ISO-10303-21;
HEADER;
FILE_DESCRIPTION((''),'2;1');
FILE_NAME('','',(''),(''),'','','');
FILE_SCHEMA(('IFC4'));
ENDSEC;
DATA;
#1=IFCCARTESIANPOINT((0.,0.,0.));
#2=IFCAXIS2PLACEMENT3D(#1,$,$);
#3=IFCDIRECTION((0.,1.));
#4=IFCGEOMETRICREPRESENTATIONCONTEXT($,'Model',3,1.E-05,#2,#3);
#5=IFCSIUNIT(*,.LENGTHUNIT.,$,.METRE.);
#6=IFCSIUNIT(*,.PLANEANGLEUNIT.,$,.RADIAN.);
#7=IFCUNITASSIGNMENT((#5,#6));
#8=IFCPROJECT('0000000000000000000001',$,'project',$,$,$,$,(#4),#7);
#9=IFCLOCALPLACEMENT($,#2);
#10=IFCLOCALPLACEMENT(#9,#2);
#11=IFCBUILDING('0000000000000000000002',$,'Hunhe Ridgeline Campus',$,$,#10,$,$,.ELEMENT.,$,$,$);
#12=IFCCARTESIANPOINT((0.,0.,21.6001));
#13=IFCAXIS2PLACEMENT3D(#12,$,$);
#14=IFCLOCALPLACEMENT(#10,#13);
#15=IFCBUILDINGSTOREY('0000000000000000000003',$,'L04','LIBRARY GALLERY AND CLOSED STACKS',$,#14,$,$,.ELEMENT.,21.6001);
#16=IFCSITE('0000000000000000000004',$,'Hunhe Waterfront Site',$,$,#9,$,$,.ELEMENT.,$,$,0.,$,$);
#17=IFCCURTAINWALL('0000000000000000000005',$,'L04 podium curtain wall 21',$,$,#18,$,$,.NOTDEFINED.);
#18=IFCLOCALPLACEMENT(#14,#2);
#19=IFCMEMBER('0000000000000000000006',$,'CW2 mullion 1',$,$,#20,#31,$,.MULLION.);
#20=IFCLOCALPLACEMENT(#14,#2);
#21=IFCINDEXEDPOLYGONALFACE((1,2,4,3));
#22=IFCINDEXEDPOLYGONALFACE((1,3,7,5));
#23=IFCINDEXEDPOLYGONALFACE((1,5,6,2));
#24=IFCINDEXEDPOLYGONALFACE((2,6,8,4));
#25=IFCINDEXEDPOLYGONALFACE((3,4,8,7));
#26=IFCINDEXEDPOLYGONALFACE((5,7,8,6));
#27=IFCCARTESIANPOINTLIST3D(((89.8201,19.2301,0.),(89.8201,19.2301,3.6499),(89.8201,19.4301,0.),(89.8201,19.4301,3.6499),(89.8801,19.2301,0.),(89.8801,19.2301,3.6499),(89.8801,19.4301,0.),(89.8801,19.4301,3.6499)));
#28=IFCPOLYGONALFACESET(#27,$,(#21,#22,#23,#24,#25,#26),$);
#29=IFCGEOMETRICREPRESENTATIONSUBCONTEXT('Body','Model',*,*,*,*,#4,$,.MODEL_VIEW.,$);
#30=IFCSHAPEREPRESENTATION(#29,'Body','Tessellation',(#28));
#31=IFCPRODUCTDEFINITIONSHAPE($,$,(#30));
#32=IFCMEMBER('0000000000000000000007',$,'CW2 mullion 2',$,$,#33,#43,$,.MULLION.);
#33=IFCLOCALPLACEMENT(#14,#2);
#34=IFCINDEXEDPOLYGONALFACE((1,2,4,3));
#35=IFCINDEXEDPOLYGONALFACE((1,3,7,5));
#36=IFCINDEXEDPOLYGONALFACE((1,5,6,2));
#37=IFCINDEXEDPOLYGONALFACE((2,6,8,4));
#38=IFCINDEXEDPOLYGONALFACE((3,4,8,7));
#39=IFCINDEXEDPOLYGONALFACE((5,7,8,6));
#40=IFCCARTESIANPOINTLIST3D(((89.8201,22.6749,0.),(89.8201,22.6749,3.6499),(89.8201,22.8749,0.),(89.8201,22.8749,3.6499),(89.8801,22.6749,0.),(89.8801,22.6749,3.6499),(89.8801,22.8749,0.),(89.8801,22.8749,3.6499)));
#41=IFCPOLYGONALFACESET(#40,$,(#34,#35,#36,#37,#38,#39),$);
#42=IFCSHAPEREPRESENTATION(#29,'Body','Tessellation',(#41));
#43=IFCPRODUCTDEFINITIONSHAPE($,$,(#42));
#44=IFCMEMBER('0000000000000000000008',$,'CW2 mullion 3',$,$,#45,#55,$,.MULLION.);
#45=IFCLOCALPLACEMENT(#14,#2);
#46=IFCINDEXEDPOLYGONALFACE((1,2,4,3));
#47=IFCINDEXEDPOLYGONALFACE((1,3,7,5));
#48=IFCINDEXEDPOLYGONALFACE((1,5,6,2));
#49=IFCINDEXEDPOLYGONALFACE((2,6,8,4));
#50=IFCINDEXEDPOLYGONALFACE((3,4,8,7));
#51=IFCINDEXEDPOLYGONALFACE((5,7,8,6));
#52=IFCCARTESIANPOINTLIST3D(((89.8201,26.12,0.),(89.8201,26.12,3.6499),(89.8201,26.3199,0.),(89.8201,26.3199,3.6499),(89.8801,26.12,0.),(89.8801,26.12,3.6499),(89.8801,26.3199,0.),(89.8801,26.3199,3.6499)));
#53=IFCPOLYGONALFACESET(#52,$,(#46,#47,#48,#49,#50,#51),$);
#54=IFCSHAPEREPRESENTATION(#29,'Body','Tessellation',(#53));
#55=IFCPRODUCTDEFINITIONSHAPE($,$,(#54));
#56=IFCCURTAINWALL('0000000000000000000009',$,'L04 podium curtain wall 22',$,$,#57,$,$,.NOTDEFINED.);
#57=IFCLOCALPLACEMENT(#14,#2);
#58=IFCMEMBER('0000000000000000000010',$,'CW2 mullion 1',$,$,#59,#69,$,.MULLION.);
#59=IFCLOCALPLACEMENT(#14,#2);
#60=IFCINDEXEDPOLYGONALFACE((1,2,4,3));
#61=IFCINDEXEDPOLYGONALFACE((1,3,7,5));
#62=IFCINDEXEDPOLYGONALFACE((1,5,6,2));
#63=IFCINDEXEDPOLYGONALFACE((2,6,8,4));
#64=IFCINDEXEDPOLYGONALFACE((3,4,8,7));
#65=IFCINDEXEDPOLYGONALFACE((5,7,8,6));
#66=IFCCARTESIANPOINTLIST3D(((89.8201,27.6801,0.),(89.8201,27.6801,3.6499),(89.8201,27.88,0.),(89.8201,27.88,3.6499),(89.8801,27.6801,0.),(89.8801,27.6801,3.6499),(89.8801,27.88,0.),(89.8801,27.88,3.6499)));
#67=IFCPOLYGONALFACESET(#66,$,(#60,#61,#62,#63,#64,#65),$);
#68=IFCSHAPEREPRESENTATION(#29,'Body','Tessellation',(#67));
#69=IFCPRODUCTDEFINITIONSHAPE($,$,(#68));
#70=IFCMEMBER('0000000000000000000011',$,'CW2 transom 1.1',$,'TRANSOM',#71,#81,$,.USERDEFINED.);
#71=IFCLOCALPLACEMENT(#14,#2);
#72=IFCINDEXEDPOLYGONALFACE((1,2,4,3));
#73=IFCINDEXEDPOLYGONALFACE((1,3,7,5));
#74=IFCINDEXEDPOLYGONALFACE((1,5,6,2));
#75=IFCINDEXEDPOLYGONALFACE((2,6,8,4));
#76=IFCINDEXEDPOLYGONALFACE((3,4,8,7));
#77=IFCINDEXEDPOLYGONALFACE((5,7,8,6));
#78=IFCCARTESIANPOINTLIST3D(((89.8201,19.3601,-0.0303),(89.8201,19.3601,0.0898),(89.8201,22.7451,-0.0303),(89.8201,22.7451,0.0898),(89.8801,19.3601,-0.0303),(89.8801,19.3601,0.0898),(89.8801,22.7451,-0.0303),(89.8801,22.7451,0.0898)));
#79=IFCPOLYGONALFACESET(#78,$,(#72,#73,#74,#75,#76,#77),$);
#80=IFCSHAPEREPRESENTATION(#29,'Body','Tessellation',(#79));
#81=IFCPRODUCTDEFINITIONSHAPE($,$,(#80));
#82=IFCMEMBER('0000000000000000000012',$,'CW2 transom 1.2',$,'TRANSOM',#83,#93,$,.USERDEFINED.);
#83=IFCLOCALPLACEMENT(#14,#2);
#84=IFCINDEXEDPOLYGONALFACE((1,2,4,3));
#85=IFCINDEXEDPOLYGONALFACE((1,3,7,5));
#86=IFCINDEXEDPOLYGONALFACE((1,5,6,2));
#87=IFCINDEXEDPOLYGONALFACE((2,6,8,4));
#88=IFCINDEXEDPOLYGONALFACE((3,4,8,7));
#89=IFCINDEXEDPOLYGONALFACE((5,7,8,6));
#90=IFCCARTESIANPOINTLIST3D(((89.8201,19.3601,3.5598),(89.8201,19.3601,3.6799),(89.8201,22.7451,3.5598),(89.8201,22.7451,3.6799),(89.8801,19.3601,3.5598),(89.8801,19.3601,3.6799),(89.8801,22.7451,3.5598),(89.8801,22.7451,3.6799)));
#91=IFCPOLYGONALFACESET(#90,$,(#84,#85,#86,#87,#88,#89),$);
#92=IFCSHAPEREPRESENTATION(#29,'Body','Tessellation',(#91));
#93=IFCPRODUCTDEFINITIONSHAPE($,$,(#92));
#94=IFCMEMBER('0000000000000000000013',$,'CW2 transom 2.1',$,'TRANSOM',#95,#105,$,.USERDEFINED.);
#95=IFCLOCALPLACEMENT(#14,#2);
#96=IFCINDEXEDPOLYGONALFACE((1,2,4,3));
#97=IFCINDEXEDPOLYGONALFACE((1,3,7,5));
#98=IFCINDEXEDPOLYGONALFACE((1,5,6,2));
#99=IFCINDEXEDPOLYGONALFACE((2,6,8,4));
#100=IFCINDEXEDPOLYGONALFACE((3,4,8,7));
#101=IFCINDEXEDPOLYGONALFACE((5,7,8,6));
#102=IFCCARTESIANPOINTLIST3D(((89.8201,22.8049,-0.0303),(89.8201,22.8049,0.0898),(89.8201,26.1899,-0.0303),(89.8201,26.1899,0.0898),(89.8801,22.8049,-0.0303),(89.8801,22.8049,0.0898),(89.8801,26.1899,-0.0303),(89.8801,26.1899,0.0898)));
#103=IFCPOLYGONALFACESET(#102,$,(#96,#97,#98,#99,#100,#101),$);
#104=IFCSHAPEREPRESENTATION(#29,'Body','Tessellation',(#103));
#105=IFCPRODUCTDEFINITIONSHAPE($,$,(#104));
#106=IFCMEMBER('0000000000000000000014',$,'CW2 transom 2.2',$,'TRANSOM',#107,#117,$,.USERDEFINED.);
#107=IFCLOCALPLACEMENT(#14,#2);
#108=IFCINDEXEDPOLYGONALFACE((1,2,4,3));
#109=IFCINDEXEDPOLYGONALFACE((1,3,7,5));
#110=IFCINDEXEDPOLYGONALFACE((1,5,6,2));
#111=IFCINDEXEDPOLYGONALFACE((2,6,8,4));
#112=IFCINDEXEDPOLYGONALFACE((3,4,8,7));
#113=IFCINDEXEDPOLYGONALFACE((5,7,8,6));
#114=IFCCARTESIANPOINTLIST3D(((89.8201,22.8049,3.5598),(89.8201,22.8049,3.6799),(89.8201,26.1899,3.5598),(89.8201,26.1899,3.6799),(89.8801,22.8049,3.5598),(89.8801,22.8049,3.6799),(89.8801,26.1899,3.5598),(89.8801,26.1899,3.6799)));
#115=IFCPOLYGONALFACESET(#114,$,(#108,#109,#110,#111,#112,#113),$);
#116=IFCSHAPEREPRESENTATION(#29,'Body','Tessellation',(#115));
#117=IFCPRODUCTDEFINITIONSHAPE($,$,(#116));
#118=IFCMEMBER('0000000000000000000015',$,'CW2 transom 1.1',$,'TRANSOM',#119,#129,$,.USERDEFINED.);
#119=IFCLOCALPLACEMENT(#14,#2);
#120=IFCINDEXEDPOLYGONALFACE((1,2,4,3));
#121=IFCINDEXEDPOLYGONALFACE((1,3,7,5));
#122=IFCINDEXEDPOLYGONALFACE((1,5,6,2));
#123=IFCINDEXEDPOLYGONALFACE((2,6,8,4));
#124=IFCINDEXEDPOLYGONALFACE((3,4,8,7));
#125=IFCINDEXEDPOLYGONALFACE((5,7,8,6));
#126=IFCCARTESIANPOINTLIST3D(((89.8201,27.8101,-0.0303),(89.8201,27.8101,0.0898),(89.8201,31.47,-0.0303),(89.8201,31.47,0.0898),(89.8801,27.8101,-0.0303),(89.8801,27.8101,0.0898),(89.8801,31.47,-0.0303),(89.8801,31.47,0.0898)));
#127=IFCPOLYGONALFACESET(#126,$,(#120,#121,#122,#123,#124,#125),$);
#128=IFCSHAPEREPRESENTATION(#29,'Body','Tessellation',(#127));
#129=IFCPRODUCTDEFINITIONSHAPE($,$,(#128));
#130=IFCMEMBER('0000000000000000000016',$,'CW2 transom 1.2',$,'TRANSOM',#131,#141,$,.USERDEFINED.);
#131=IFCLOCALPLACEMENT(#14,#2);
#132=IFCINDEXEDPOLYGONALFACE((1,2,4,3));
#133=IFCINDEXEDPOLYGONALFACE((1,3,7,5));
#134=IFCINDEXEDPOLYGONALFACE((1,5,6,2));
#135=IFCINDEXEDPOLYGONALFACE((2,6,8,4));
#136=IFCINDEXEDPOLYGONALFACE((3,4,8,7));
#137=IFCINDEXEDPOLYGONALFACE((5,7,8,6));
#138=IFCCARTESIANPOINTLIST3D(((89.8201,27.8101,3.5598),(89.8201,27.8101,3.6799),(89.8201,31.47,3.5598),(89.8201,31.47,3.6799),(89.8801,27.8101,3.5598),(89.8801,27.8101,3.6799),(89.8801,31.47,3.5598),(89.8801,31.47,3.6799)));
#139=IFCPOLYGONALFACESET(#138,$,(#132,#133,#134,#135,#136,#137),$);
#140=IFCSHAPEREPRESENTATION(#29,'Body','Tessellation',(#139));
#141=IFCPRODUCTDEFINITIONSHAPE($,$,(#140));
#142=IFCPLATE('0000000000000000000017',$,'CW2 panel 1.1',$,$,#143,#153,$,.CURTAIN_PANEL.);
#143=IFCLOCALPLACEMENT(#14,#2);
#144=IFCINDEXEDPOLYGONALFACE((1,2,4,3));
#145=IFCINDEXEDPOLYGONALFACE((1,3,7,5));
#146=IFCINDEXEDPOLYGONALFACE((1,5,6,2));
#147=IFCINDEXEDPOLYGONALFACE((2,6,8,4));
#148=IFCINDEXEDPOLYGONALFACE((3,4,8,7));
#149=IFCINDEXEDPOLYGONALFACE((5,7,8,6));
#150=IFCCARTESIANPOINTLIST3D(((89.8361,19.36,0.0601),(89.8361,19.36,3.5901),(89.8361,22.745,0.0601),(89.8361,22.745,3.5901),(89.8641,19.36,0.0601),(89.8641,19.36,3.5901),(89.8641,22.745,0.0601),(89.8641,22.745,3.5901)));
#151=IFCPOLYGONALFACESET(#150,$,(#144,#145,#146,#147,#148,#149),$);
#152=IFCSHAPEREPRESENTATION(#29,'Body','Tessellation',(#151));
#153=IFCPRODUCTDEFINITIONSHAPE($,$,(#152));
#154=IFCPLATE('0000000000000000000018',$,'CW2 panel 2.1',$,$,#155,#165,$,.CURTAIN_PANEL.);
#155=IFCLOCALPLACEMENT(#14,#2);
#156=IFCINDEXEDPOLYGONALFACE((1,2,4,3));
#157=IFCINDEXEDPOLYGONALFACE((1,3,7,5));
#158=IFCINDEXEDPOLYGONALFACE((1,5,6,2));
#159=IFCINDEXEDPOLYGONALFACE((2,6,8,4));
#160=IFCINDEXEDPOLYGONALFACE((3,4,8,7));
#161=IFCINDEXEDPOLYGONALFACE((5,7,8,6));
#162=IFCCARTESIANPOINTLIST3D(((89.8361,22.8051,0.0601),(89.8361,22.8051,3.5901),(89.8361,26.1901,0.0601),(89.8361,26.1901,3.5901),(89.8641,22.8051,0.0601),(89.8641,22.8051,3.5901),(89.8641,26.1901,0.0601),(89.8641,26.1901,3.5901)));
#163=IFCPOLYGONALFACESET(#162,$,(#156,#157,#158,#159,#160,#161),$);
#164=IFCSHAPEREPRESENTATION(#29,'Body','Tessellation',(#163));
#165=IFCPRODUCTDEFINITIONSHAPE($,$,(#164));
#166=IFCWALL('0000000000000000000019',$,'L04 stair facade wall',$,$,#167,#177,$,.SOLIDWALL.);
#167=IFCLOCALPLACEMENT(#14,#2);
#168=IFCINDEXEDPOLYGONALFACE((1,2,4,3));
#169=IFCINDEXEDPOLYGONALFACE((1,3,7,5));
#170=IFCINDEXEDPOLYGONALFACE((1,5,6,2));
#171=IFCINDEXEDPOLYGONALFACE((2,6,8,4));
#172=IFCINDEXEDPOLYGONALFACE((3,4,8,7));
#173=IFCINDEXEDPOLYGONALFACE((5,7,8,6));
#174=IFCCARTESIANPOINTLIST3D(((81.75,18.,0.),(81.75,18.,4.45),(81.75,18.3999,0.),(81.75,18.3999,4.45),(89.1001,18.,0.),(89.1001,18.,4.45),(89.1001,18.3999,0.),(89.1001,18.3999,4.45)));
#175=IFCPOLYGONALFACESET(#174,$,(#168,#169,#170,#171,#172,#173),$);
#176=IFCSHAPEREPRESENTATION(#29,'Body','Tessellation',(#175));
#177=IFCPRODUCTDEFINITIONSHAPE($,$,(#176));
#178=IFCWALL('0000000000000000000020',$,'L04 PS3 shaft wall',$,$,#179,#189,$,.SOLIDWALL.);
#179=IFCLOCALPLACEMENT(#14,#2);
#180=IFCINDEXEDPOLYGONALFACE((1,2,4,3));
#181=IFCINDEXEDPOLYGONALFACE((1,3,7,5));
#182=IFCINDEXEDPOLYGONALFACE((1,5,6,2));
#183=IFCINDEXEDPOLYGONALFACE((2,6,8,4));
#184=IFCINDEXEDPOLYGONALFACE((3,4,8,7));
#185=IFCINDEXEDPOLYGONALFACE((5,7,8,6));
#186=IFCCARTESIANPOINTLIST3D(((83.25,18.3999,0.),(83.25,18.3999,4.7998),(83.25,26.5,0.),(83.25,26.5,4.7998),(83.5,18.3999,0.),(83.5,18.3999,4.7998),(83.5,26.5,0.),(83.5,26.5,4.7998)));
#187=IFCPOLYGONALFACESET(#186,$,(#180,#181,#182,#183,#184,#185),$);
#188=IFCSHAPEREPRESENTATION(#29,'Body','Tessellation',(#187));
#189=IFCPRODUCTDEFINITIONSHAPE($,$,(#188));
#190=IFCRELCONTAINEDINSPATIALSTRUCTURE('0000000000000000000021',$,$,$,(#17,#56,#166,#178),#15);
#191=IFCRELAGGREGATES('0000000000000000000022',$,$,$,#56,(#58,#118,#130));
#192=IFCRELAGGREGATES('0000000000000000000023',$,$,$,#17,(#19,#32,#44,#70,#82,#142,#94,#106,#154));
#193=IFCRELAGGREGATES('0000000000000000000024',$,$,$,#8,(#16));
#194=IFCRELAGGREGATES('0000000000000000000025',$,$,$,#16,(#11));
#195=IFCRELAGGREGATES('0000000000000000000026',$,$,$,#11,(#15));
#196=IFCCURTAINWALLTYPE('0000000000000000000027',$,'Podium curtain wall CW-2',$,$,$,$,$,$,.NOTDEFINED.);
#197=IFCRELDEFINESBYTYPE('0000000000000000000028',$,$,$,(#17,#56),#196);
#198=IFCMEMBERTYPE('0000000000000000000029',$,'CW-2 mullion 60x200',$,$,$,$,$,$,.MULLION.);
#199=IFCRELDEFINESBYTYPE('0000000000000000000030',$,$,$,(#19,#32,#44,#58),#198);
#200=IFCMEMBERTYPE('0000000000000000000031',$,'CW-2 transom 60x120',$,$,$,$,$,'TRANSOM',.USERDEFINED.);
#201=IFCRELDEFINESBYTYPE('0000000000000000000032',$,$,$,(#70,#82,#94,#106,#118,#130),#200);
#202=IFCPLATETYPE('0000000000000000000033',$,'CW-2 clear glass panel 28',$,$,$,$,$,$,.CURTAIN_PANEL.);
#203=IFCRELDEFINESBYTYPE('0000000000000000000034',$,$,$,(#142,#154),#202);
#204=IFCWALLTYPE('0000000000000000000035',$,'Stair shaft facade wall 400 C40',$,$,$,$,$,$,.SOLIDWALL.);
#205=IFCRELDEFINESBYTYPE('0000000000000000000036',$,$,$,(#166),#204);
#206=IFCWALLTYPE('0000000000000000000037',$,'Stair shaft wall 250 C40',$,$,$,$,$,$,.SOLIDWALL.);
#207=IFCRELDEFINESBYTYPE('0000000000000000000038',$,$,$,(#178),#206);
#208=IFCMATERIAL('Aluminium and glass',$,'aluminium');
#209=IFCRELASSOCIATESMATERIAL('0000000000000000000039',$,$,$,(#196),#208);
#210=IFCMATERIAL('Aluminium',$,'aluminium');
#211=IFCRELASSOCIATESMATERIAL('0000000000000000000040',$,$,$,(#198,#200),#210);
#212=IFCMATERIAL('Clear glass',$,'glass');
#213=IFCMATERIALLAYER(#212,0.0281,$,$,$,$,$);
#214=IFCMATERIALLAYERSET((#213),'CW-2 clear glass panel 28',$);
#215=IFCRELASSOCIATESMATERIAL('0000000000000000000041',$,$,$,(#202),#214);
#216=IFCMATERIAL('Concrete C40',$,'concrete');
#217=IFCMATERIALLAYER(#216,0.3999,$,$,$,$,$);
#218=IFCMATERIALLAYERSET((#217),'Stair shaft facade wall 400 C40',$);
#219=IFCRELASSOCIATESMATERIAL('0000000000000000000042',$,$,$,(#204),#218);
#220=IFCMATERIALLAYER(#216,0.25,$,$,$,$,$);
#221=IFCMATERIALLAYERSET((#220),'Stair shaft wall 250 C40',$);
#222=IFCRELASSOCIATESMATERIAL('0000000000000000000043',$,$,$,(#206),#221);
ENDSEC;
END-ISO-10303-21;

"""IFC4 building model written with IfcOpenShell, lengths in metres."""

from ifc_helpers import new_model, si_unit, direction, frame, frame_2d, origin, origin_2d, place, context, subcontext, project, spatial, rectangle, extrude, material, layer, layer_set, material_profile, profile_set, type_object, element, aggregate, save


model = new_model("IFC4")

# Units and contexts
model_context = context("Model", 3, precision=1e-05, world=origin(), true_north=direction((0.0, 1.0)))
body_context = subcontext(model_context, "Body", "Model", "MODEL_VIEW")
ifc_project = project(units=[si_unit("LENGTHUNIT", "METRE"), si_unit("PLANEANGLEUNIT", "RADIAN")], contexts=[model_context])

# Site, building, storey
site_placement = place(None, origin())
site = spatial("IfcSite", under=ifc_project, at=site_placement, Name="Hunhe Waterfront Site", CompositionType="ELEMENT", RefElevation=0.0)
building_placement = place(site_placement, origin())
building = spatial("IfcBuilding", under=site, at=building_placement, Name="Hunhe Ridgeline Campus", CompositionType="ELEMENT")
storey_placement = place(building_placement, frame((0.0, 0.0, 21.6001)))
storey = spatial("IfcBuildingStorey", under=building, at=storey_placement, Name="L04", Description="LIBRARY GALLERY AND CLOSED STACKS", CompositionType="ELEMENT", Elevation=21.6001)

# Curtain wall, members
ifc_material_1 = material(Name="Aluminium and glass", Category="aluminium")
curtain_wall_type = type_object("IfcCurtainWallType", Name="Podium curtain wall CW-2", PredefinedType="NOTDEFINED", material=ifc_material_1)
curtain_wall_1_placement = place(storey_placement, origin())
curtain_wall_1 = element("IfcCurtainWall", 1, at=curtain_wall_1_placement, inside=storey, type_object=curtain_wall_type, Name="L04 podium curtain wall 21", PredefinedType="NOTDEFINED")
ifc_material_2 = material(Name="Aluminium", Category="aluminium")
ifc_material_profile_1 = material_profile(ifc_material_2, rectangle(XDim=0.0601, YDim=0.2, at=origin_2d()))
ifc_profile_set_1 = profile_set([ifc_material_profile_1], Name="Aluminium")
member_type_1 = type_object("IfcMemberType", Name="CW-2 mullion 60x200", PredefinedType="MULLION", material=ifc_profile_set_1)
member_1_placement = place(storey_placement, frame((89.8501, 19.3301, 0.0), z_axis=(0.0, 0.0, 1.0), x_axis=(-1.0, 0.0, 0.0)))
member_1 = element("IfcMember", 2, at=member_1_placement, type_object=member_type_1, Name="CW2 mullion 1", PredefinedType="MULLION", context=body_context, shape_type="SweptSolid", body=[
    extrude(rectangle(XDim=0.0601, YDim=0.2, at=origin_2d()), origin(), (0.0, 0.0, 1.0), 3.6499),
])
member_2_placement = place(storey_placement, frame((89.8501, 22.7749, 0.0), z_axis=(0.0, 0.0, 1.0), x_axis=(-1.0, 0.0, 0.0)))
member_2 = element("IfcMember", 3, at=member_2_placement, type_object=member_type_1, Name="CW2 mullion 2", PredefinedType="MULLION", context=body_context, shape_type="SweptSolid", body=[
    extrude(rectangle(XDim=0.0601, YDim=0.2, at=origin_2d()), origin(), (0.0, 0.0, 1.0), 3.6499),
])
member_3_placement = place(storey_placement, frame((89.8501, 26.22, 0.0), z_axis=(0.0, 0.0, 1.0), x_axis=(-1.0, 0.0, 0.0)))
member_3 = element("IfcMember", 4, at=member_3_placement, type_object=member_type_1, Name="CW2 mullion 3", PredefinedType="MULLION", context=body_context, shape_type="SweptSolid", body=[
    extrude(rectangle(XDim=0.0601, YDim=0.2, at=origin_2d()), origin(), (0.0, 0.0, 1.0), 3.6499),
])

# Curtain wall, member
curtain_wall_2_placement = place(storey_placement, origin())
curtain_wall_2 = element("IfcCurtainWall", 5, at=curtain_wall_2_placement, inside=storey, type_object=curtain_wall_type, Name="L04 podium curtain wall 22", PredefinedType="NOTDEFINED")
member_4_placement = place(storey_placement, frame((89.8501, 27.78, 0.0), z_axis=(0.0, 0.0, 1.0), x_axis=(-1.0, 0.0, 0.0)))
member_4 = element("IfcMember", 6, at=member_4_placement, type_object=member_type_1, Name="CW2 mullion 1", PredefinedType="MULLION", context=body_context, shape_type="SweptSolid", body=[
    extrude(rectangle(XDim=0.0601, YDim=0.2, at=origin_2d()), origin(), (0.0, 0.0, 1.0), 3.6499),
])

# Members
ifc_material_profile_2 = material_profile(ifc_material_2, rectangle(XDim=0.0601, YDim=0.1201, at=origin_2d()))
ifc_profile_set_2 = profile_set([ifc_material_profile_2], Name="Aluminium")
member_type_2 = type_object("IfcMemberType", Name="CW-2 transom 60x120", ElementType="TRANSOM", PredefinedType="USERDEFINED", material=ifc_profile_set_2)
member_5_placement = place(storey_placement, frame((89.8501, 19.3601, 0.0298), z_axis=(0.0, 1.0, 0.0), x_axis=(-1.0, 0.0, 0.0)))
member_5 = element("IfcMember", 7, at=member_5_placement, type_object=member_type_2, Name="CW2 transom 1.1", ObjectType="TRANSOM", PredefinedType="USERDEFINED", context=body_context, shape_type="SweptSolid", body=[
    extrude(rectangle(XDim=0.0601, YDim=0.1201, at=origin_2d()), origin(), (0.0, 0.0, 1.0), 3.385),
])
member_6_placement = place(storey_placement, frame((89.8501, 19.3601, 3.6199), z_axis=(0.0, 1.0, 0.0), x_axis=(-1.0, 0.0, 0.0)))
member_6 = element("IfcMember", 8, at=member_6_placement, type_object=member_type_2, Name="CW2 transom 1.2", ObjectType="TRANSOM", PredefinedType="USERDEFINED", context=body_context, shape_type="SweptSolid", body=[
    extrude(rectangle(XDim=0.0601, YDim=0.1201, at=origin_2d()), origin(), (0.0, 0.0, 1.0), 3.385),
])
member_7_placement = place(storey_placement, frame((89.8501, 22.8049, 0.0298), z_axis=(0.0, 1.0, 0.0), x_axis=(-1.0, 0.0, 0.0)))
member_7 = element("IfcMember", 9, at=member_7_placement, type_object=member_type_2, Name="CW2 transom 2.1", ObjectType="TRANSOM", PredefinedType="USERDEFINED", context=body_context, shape_type="SweptSolid", body=[
    extrude(rectangle(XDim=0.0601, YDim=0.1201, at=origin_2d()), origin(), (0.0, 0.0, 1.0), 3.385),
])
member_8_placement = place(storey_placement, frame((89.8501, 22.8049, 3.6199), z_axis=(0.0, 1.0, 0.0), x_axis=(-1.0, 0.0, 0.0)))
member_8 = element("IfcMember", 10, at=member_8_placement, type_object=member_type_2, Name="CW2 transom 2.2", ObjectType="TRANSOM", PredefinedType="USERDEFINED", context=body_context, shape_type="SweptSolid", body=[
    extrude(rectangle(XDim=0.0601, YDim=0.1201, at=origin_2d()), origin(), (0.0, 0.0, 1.0), 3.385),
])
member_9_placement = place(storey_placement, frame((89.8501, 27.8101, 0.0298), z_axis=(0.0, 1.0, 0.0), x_axis=(-1.0, 0.0, 0.0)))
member_9 = element("IfcMember", 11, at=member_9_placement, type_object=member_type_2, Name="CW2 transom 1.1", ObjectType="TRANSOM", PredefinedType="USERDEFINED", context=body_context, shape_type="SweptSolid", body=[
    extrude(rectangle(XDim=0.0601, YDim=0.1201, at=origin_2d()), origin(), (0.0, 0.0, 1.0), 3.6599),
])
member_10_placement = place(storey_placement, frame((89.8501, 27.8101, 3.6199), z_axis=(0.0, 1.0, 0.0), x_axis=(-1.0, 0.0, 0.0)))
member_10 = element("IfcMember", 12, at=member_10_placement, type_object=member_type_2, Name="CW2 transom 1.2", ObjectType="TRANSOM", PredefinedType="USERDEFINED", context=body_context, shape_type="SweptSolid", body=[
    extrude(rectangle(XDim=0.0601, YDim=0.1201, at=origin_2d()), origin(), (0.0, 0.0, 1.0), 3.6599),
])
aggregate(curtain_wall_2, [member_4, member_9, member_10])

# Plates
ifc_material_3 = material(Name="Clear glass", Category="glass")
ifc_layer_1 = layer(ifc_material_3, 0.0281)
ifc_layer_set_1 = layer_set([ifc_layer_1], Name="CW-2 clear glass panel 28")
plate_type = type_object("IfcPlateType", Name="CW-2 clear glass panel 28", PredefinedType="CURTAIN_PANEL", material=ifc_layer_set_1)
plate_1_placement = place(storey_placement, frame((89.8501, 21.0525, 0.0601), z_axis=(0.0, 0.0, 1.0), x_axis=(0.0, 1.0, 0.0)))
plate_1 = element("IfcPlate", 13, at=plate_1_placement, type_object=plate_type, Name="CW2 panel 1.1", PredefinedType="CURTAIN_PANEL", context=body_context, shape_type="SweptSolid", body=[
    extrude(rectangle(XDim=3.385, YDim=0.0281, at=origin_2d()), origin(), (0.0, 0.0, 1.0), 3.53),
])
plate_2_placement = place(storey_placement, frame((89.8501, 24.4976, 0.0601), z_axis=(0.0, 0.0, 1.0), x_axis=(0.0, 1.0, 0.0)))
plate_2 = element("IfcPlate", 14, at=plate_2_placement, type_object=plate_type, Name="CW2 panel 2.1", PredefinedType="CURTAIN_PANEL", context=body_context, shape_type="SweptSolid", body=[
    extrude(rectangle(XDim=3.385, YDim=0.0281, at=origin_2d()), origin(), (0.0, 0.0, 1.0), 3.53),
])
aggregate(curtain_wall_1, [member_1, member_2, member_3, member_5, member_6, plate_1, member_7, member_8, plate_2])

# Walls
ifc_material_4 = material(Name="Concrete C40", Category="concrete")
ifc_layer_2 = layer(ifc_material_4, 0.3999)
ifc_layer_set_2 = layer_set([ifc_layer_2], Name="Stair shaft facade wall 400 C40")
wall_type_1 = type_object("IfcWallType", Name="Stair shaft facade wall 400 C40", PredefinedType="SOLIDWALL", material=ifc_layer_set_2)
wall_1_placement = place(storey_placement, frame((89.1001, 18.2, 0.0), z_axis=(0.0, 0.0, 1.0), x_axis=(-1.0, 0.0, 0.0)))
element("IfcWall", 15, at=wall_1_placement, inside=storey, type_object=wall_type_1, Name="L04 stair facade wall", PredefinedType="SOLIDWALL", context=body_context, shape_type="SweptSolid", body=[
    extrude(rectangle(XDim=7.3501, YDim=0.3999, at=frame_2d((3.675, 0.0))), origin(), (0.0, 0.0, 1.0), 4.45),
])
ifc_layer_3 = layer(ifc_material_4, 0.25)
ifc_layer_set_3 = layer_set([ifc_layer_3], Name="Stair shaft wall 250 C40")
wall_type_2 = type_object("IfcWallType", Name="Stair shaft wall 250 C40", PredefinedType="SOLIDWALL", material=ifc_layer_set_3)
wall_2_placement = place(storey_placement, frame((83.375, 18.3999, 0.0), z_axis=(0.0, 0.0, 1.0), x_axis=(0.0, 1.0, 0.0)))
element("IfcWall", 16, at=wall_2_placement, inside=storey, type_object=wall_type_2, Name="L04 PS3 shaft wall", PredefinedType="SOLIDWALL", context=body_context, shape_type="SweptSolid", body=[
    extrude(rectangle(XDim=8.1001, YDim=0.25, at=frame_2d((4.05, 0.0))), origin(), (0.0, 0.0, 1.0), 4.7998),
])

save(model, "model.ifc")
